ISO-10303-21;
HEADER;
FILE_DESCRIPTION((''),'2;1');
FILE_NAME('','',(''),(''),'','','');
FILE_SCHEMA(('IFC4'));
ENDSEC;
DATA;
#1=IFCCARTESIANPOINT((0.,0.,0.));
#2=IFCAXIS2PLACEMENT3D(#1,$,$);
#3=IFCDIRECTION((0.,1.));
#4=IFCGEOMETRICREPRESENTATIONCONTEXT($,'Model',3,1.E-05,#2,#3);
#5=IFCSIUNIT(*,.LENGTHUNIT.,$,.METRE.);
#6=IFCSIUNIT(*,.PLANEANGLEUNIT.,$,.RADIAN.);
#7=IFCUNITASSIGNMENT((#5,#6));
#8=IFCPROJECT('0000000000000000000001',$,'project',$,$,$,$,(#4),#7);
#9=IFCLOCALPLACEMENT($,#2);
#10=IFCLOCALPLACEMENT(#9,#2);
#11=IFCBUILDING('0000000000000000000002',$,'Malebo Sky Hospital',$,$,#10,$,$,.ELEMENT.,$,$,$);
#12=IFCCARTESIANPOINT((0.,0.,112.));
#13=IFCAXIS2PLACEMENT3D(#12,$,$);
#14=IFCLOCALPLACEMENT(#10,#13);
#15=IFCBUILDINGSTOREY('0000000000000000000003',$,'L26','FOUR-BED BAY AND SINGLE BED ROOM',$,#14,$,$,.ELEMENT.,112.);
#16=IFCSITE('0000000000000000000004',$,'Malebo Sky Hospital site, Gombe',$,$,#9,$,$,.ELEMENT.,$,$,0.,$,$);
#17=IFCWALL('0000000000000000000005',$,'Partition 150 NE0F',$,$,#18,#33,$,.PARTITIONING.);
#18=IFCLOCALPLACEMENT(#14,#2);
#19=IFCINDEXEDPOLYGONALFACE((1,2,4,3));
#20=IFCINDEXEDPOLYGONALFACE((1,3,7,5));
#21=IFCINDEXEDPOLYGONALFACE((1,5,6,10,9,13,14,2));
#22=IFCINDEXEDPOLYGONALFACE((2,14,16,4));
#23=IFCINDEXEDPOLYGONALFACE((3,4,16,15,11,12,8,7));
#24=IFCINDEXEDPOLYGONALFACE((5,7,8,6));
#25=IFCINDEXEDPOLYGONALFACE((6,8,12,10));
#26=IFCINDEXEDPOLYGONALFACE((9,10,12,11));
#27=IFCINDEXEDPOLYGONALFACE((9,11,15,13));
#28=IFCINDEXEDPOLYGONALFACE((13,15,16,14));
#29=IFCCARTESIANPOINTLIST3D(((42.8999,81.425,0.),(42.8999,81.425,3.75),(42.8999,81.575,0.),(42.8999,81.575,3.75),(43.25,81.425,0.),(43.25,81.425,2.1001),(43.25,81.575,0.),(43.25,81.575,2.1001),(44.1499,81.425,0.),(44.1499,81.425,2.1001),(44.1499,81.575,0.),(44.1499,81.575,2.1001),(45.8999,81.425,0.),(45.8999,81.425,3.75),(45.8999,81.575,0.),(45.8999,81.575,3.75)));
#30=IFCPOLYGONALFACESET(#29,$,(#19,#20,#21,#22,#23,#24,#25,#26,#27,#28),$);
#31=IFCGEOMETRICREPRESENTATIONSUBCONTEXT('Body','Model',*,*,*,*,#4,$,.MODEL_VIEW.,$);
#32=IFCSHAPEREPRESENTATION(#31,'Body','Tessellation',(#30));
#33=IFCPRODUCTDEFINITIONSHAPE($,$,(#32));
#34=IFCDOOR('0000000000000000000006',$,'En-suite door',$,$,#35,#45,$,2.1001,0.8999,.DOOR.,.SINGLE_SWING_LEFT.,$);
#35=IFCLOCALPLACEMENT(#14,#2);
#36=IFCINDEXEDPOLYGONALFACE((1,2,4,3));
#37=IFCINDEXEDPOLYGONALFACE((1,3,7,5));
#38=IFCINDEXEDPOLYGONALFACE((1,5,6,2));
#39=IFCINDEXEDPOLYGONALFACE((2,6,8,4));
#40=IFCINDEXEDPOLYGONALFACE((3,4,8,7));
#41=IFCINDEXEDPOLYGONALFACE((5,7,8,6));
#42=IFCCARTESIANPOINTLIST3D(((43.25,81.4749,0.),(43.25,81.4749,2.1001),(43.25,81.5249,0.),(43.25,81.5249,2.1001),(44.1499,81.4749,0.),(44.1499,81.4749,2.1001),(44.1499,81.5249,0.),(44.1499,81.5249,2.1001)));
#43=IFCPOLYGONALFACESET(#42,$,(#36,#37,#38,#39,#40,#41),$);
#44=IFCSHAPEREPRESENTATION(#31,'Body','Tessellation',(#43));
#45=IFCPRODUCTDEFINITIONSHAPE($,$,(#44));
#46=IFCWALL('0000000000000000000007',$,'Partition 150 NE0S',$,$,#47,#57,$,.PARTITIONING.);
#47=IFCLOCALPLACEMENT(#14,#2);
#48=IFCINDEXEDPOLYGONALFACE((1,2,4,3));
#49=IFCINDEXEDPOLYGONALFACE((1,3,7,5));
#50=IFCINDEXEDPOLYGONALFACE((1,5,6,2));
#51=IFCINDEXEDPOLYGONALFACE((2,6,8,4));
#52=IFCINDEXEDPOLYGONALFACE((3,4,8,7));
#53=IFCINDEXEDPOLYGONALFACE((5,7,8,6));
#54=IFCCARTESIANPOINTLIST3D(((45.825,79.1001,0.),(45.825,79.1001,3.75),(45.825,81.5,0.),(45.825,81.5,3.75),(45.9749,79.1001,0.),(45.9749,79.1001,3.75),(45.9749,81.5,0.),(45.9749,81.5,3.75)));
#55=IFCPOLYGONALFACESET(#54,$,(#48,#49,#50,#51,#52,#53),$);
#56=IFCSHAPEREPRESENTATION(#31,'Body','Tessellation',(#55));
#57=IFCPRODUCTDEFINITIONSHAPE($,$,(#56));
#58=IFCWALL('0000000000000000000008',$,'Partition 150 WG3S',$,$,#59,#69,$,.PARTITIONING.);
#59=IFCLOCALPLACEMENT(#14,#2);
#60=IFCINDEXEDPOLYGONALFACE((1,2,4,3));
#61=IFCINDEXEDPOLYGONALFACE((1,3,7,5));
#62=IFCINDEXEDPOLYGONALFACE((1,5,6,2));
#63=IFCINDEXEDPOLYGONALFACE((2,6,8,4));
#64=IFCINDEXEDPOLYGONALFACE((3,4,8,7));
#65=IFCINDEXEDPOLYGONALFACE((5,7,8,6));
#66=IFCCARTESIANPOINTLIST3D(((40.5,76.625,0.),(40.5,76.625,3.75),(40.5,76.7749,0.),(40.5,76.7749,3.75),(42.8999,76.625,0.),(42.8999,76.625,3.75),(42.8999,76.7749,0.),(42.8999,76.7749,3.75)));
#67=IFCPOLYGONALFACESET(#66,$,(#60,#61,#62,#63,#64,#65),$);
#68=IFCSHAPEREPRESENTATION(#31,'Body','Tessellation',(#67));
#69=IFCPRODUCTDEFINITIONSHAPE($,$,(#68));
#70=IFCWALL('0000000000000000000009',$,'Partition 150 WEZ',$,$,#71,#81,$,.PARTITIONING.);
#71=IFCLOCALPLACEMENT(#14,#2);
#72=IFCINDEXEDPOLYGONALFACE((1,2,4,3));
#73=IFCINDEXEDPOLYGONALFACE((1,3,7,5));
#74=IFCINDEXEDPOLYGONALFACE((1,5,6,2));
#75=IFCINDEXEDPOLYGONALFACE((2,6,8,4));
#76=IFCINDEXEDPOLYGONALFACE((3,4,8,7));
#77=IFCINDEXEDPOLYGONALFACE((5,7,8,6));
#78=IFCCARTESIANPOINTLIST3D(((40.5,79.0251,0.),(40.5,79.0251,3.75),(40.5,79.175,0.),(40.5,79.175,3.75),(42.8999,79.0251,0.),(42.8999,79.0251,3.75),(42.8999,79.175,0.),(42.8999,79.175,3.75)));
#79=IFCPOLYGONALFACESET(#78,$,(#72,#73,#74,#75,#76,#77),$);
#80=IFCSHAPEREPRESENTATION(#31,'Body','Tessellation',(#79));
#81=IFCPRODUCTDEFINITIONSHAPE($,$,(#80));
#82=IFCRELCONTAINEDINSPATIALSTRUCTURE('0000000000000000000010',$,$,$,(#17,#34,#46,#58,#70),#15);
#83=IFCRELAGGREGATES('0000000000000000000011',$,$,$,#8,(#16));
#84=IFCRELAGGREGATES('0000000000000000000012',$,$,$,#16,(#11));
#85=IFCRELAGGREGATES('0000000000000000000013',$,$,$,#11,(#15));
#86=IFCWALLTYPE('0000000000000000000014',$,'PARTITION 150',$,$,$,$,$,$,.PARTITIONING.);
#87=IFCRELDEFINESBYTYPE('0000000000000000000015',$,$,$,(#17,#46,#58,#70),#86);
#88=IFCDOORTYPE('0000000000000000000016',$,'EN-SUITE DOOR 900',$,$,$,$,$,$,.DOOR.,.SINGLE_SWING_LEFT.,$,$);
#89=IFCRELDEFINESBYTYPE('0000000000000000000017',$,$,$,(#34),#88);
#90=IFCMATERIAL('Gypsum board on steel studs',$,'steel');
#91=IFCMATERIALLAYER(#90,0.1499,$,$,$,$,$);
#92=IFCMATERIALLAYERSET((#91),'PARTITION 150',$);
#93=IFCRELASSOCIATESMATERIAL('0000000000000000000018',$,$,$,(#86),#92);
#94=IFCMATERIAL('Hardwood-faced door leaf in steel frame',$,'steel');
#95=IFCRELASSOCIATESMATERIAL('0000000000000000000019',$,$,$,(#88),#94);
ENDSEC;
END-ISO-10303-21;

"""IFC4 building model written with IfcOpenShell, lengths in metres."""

from ifc_helpers import new_model, si_unit, direction, frame, frame_2d, origin, place, context, subcontext, project, spatial, rectangle, extrude, material, layer, layer_set, type_object, element, fill, save


model = new_model("IFC4")

# Units and contexts
model_context = context("Model", 3, precision=1e-05, world=origin(), true_north=direction((0.0, 1.0)))
body_context = subcontext(model_context, "Body", "Model", "MODEL_VIEW")
ifc_project = project(units=[si_unit("LENGTHUNIT", "METRE"), si_unit("PLANEANGLEUNIT", "RADIAN")], contexts=[model_context])

# Site, building, storey
site_placement = place(None, origin())
site = spatial("IfcSite", under=ifc_project, at=site_placement, Name="Malebo Sky Hospital site, Gombe", CompositionType="ELEMENT", RefElevation=0.0)
building_placement = place(site_placement, origin())
building = spatial("IfcBuilding", under=site, at=building_placement, Name="Malebo Sky Hospital", CompositionType="ELEMENT")
storey_placement = place(building_placement, frame((0.0, 0.0, 112.0)))
storey = spatial("IfcBuildingStorey", under=building, at=storey_placement, Name="L26", Description="FOUR-BED BAY AND SINGLE BED ROOM", CompositionType="ELEMENT", Elevation=112.0)

# Shared definitions
ifc_material_1 = material(Name="Gypsum board on steel studs", Category="steel")
ifc_material_2 = material(Name="Hardwood-faced door leaf in steel frame", Category="steel")

# Shared definitions
ifc_layer_1 = layer(ifc_material_1, 0.1499)
ifc_layer_set_1 = layer_set([ifc_layer_1], Name="PARTITION 150")
wall_type_1 = type_object("IfcWallType", Name="PARTITION 150", PredefinedType="PARTITIONING", material=ifc_layer_set_1)

# Wall, opening, door
wall_1_placement = place(storey_placement, frame((42.8999, 81.5, 0.0), z_axis=(0.0, 0.0, 1.0), x_axis=(1.0, 0.0, 0.0)))
wall_1 = element("IfcWall", 1, at=wall_1_placement, inside=storey, type_object=wall_type_1, Name="Partition 150 NE0F", PredefinedType="PARTITIONING", context=body_context, shape_type="SweptSolid", body=[
    extrude(rectangle(XDim=3.0, YDim=0.1499, at=frame_2d((1.5, 0.0))), origin(), (0.0, 0.0, 1.0), 3.75),
])
opening_1_placement = place(wall_1_placement, frame((0.3501, 0.0, 0.0)))
opening_1 = element("IfcOpeningElement", 2, at=opening_1_placement, cuts=wall_1, PredefinedType="OPENING", context=body_context, shape_type="SweptSolid", body=[
    extrude(rectangle(XDim=0.8999, YDim=2.1001, at=frame_2d((0.45, 1.05))), frame((0.0, 0.085, 0.0), z_axis=(0.0, -1.0, 0.0), x_axis=(1.0, 0.0, 0.0)), (0.0, 0.0, 1.0), 0.1699),
])
door_type_1 = type_object("IfcDoorType", Name="EN-SUITE DOOR 900", OperationType="SINGLE_SWING_LEFT", PredefinedType="DOOR", material=ifc_material_2)
door_1_placement = place(opening_1_placement, origin())
door_1 = element("IfcDoor", 3, at=door_1_placement, inside=storey, type_object=door_type_1, Name="En-suite door", OperationType="SINGLE_SWING_LEFT", OverallHeight=2.1001, OverallWidth=0.8999, PredefinedType="DOOR", context=body_context, shape_type="SweptSolid", body=[
    extrude(rectangle(XDim=0.8999, YDim=2.1001, at=frame_2d((0.45, 1.05))), frame((0.0, 0.0249, 0.0), z_axis=(0.0, -1.0, 0.0), x_axis=(1.0, 0.0, 0.0)), (0.0, 0.0, 1.0), 0.05),
])
fill(opening_1, door_1)

# Walls
for number, where, z_axis, x_axis, name in (
    (4, (45.8999, 79.1001, 0.0), (0.0, 0.0, 1.0), (0.0, 1.0, 0.0), "Partition 150 NE0S"),
    (5, (42.8999, 76.7, 0.0), (0.0, 0.0, 1.0), (-1.0, 0.0, 0.0), "Partition 150 WG3S"),
    (6, (42.8999, 79.1001, 0.0), (0.0, 0.0, 1.0), (-1.0, 0.0, 0.0), "Partition 150 WEZ"),
):
    element("IfcWall", number, at=place(storey_placement, frame(where, z_axis=z_axis, x_axis=x_axis)), inside=storey, type_object=wall_type_1, Name=name, PredefinedType="PARTITIONING", context=body_context, shape_type="SweptSolid", body=[
        extrude(rectangle(XDim=2.3999, YDim=0.1499, at=frame_2d((1.2, 0.0))), origin(), (0.0, 0.0, 1.0), 3.75),
    ])

save(model, "model.ifc")
